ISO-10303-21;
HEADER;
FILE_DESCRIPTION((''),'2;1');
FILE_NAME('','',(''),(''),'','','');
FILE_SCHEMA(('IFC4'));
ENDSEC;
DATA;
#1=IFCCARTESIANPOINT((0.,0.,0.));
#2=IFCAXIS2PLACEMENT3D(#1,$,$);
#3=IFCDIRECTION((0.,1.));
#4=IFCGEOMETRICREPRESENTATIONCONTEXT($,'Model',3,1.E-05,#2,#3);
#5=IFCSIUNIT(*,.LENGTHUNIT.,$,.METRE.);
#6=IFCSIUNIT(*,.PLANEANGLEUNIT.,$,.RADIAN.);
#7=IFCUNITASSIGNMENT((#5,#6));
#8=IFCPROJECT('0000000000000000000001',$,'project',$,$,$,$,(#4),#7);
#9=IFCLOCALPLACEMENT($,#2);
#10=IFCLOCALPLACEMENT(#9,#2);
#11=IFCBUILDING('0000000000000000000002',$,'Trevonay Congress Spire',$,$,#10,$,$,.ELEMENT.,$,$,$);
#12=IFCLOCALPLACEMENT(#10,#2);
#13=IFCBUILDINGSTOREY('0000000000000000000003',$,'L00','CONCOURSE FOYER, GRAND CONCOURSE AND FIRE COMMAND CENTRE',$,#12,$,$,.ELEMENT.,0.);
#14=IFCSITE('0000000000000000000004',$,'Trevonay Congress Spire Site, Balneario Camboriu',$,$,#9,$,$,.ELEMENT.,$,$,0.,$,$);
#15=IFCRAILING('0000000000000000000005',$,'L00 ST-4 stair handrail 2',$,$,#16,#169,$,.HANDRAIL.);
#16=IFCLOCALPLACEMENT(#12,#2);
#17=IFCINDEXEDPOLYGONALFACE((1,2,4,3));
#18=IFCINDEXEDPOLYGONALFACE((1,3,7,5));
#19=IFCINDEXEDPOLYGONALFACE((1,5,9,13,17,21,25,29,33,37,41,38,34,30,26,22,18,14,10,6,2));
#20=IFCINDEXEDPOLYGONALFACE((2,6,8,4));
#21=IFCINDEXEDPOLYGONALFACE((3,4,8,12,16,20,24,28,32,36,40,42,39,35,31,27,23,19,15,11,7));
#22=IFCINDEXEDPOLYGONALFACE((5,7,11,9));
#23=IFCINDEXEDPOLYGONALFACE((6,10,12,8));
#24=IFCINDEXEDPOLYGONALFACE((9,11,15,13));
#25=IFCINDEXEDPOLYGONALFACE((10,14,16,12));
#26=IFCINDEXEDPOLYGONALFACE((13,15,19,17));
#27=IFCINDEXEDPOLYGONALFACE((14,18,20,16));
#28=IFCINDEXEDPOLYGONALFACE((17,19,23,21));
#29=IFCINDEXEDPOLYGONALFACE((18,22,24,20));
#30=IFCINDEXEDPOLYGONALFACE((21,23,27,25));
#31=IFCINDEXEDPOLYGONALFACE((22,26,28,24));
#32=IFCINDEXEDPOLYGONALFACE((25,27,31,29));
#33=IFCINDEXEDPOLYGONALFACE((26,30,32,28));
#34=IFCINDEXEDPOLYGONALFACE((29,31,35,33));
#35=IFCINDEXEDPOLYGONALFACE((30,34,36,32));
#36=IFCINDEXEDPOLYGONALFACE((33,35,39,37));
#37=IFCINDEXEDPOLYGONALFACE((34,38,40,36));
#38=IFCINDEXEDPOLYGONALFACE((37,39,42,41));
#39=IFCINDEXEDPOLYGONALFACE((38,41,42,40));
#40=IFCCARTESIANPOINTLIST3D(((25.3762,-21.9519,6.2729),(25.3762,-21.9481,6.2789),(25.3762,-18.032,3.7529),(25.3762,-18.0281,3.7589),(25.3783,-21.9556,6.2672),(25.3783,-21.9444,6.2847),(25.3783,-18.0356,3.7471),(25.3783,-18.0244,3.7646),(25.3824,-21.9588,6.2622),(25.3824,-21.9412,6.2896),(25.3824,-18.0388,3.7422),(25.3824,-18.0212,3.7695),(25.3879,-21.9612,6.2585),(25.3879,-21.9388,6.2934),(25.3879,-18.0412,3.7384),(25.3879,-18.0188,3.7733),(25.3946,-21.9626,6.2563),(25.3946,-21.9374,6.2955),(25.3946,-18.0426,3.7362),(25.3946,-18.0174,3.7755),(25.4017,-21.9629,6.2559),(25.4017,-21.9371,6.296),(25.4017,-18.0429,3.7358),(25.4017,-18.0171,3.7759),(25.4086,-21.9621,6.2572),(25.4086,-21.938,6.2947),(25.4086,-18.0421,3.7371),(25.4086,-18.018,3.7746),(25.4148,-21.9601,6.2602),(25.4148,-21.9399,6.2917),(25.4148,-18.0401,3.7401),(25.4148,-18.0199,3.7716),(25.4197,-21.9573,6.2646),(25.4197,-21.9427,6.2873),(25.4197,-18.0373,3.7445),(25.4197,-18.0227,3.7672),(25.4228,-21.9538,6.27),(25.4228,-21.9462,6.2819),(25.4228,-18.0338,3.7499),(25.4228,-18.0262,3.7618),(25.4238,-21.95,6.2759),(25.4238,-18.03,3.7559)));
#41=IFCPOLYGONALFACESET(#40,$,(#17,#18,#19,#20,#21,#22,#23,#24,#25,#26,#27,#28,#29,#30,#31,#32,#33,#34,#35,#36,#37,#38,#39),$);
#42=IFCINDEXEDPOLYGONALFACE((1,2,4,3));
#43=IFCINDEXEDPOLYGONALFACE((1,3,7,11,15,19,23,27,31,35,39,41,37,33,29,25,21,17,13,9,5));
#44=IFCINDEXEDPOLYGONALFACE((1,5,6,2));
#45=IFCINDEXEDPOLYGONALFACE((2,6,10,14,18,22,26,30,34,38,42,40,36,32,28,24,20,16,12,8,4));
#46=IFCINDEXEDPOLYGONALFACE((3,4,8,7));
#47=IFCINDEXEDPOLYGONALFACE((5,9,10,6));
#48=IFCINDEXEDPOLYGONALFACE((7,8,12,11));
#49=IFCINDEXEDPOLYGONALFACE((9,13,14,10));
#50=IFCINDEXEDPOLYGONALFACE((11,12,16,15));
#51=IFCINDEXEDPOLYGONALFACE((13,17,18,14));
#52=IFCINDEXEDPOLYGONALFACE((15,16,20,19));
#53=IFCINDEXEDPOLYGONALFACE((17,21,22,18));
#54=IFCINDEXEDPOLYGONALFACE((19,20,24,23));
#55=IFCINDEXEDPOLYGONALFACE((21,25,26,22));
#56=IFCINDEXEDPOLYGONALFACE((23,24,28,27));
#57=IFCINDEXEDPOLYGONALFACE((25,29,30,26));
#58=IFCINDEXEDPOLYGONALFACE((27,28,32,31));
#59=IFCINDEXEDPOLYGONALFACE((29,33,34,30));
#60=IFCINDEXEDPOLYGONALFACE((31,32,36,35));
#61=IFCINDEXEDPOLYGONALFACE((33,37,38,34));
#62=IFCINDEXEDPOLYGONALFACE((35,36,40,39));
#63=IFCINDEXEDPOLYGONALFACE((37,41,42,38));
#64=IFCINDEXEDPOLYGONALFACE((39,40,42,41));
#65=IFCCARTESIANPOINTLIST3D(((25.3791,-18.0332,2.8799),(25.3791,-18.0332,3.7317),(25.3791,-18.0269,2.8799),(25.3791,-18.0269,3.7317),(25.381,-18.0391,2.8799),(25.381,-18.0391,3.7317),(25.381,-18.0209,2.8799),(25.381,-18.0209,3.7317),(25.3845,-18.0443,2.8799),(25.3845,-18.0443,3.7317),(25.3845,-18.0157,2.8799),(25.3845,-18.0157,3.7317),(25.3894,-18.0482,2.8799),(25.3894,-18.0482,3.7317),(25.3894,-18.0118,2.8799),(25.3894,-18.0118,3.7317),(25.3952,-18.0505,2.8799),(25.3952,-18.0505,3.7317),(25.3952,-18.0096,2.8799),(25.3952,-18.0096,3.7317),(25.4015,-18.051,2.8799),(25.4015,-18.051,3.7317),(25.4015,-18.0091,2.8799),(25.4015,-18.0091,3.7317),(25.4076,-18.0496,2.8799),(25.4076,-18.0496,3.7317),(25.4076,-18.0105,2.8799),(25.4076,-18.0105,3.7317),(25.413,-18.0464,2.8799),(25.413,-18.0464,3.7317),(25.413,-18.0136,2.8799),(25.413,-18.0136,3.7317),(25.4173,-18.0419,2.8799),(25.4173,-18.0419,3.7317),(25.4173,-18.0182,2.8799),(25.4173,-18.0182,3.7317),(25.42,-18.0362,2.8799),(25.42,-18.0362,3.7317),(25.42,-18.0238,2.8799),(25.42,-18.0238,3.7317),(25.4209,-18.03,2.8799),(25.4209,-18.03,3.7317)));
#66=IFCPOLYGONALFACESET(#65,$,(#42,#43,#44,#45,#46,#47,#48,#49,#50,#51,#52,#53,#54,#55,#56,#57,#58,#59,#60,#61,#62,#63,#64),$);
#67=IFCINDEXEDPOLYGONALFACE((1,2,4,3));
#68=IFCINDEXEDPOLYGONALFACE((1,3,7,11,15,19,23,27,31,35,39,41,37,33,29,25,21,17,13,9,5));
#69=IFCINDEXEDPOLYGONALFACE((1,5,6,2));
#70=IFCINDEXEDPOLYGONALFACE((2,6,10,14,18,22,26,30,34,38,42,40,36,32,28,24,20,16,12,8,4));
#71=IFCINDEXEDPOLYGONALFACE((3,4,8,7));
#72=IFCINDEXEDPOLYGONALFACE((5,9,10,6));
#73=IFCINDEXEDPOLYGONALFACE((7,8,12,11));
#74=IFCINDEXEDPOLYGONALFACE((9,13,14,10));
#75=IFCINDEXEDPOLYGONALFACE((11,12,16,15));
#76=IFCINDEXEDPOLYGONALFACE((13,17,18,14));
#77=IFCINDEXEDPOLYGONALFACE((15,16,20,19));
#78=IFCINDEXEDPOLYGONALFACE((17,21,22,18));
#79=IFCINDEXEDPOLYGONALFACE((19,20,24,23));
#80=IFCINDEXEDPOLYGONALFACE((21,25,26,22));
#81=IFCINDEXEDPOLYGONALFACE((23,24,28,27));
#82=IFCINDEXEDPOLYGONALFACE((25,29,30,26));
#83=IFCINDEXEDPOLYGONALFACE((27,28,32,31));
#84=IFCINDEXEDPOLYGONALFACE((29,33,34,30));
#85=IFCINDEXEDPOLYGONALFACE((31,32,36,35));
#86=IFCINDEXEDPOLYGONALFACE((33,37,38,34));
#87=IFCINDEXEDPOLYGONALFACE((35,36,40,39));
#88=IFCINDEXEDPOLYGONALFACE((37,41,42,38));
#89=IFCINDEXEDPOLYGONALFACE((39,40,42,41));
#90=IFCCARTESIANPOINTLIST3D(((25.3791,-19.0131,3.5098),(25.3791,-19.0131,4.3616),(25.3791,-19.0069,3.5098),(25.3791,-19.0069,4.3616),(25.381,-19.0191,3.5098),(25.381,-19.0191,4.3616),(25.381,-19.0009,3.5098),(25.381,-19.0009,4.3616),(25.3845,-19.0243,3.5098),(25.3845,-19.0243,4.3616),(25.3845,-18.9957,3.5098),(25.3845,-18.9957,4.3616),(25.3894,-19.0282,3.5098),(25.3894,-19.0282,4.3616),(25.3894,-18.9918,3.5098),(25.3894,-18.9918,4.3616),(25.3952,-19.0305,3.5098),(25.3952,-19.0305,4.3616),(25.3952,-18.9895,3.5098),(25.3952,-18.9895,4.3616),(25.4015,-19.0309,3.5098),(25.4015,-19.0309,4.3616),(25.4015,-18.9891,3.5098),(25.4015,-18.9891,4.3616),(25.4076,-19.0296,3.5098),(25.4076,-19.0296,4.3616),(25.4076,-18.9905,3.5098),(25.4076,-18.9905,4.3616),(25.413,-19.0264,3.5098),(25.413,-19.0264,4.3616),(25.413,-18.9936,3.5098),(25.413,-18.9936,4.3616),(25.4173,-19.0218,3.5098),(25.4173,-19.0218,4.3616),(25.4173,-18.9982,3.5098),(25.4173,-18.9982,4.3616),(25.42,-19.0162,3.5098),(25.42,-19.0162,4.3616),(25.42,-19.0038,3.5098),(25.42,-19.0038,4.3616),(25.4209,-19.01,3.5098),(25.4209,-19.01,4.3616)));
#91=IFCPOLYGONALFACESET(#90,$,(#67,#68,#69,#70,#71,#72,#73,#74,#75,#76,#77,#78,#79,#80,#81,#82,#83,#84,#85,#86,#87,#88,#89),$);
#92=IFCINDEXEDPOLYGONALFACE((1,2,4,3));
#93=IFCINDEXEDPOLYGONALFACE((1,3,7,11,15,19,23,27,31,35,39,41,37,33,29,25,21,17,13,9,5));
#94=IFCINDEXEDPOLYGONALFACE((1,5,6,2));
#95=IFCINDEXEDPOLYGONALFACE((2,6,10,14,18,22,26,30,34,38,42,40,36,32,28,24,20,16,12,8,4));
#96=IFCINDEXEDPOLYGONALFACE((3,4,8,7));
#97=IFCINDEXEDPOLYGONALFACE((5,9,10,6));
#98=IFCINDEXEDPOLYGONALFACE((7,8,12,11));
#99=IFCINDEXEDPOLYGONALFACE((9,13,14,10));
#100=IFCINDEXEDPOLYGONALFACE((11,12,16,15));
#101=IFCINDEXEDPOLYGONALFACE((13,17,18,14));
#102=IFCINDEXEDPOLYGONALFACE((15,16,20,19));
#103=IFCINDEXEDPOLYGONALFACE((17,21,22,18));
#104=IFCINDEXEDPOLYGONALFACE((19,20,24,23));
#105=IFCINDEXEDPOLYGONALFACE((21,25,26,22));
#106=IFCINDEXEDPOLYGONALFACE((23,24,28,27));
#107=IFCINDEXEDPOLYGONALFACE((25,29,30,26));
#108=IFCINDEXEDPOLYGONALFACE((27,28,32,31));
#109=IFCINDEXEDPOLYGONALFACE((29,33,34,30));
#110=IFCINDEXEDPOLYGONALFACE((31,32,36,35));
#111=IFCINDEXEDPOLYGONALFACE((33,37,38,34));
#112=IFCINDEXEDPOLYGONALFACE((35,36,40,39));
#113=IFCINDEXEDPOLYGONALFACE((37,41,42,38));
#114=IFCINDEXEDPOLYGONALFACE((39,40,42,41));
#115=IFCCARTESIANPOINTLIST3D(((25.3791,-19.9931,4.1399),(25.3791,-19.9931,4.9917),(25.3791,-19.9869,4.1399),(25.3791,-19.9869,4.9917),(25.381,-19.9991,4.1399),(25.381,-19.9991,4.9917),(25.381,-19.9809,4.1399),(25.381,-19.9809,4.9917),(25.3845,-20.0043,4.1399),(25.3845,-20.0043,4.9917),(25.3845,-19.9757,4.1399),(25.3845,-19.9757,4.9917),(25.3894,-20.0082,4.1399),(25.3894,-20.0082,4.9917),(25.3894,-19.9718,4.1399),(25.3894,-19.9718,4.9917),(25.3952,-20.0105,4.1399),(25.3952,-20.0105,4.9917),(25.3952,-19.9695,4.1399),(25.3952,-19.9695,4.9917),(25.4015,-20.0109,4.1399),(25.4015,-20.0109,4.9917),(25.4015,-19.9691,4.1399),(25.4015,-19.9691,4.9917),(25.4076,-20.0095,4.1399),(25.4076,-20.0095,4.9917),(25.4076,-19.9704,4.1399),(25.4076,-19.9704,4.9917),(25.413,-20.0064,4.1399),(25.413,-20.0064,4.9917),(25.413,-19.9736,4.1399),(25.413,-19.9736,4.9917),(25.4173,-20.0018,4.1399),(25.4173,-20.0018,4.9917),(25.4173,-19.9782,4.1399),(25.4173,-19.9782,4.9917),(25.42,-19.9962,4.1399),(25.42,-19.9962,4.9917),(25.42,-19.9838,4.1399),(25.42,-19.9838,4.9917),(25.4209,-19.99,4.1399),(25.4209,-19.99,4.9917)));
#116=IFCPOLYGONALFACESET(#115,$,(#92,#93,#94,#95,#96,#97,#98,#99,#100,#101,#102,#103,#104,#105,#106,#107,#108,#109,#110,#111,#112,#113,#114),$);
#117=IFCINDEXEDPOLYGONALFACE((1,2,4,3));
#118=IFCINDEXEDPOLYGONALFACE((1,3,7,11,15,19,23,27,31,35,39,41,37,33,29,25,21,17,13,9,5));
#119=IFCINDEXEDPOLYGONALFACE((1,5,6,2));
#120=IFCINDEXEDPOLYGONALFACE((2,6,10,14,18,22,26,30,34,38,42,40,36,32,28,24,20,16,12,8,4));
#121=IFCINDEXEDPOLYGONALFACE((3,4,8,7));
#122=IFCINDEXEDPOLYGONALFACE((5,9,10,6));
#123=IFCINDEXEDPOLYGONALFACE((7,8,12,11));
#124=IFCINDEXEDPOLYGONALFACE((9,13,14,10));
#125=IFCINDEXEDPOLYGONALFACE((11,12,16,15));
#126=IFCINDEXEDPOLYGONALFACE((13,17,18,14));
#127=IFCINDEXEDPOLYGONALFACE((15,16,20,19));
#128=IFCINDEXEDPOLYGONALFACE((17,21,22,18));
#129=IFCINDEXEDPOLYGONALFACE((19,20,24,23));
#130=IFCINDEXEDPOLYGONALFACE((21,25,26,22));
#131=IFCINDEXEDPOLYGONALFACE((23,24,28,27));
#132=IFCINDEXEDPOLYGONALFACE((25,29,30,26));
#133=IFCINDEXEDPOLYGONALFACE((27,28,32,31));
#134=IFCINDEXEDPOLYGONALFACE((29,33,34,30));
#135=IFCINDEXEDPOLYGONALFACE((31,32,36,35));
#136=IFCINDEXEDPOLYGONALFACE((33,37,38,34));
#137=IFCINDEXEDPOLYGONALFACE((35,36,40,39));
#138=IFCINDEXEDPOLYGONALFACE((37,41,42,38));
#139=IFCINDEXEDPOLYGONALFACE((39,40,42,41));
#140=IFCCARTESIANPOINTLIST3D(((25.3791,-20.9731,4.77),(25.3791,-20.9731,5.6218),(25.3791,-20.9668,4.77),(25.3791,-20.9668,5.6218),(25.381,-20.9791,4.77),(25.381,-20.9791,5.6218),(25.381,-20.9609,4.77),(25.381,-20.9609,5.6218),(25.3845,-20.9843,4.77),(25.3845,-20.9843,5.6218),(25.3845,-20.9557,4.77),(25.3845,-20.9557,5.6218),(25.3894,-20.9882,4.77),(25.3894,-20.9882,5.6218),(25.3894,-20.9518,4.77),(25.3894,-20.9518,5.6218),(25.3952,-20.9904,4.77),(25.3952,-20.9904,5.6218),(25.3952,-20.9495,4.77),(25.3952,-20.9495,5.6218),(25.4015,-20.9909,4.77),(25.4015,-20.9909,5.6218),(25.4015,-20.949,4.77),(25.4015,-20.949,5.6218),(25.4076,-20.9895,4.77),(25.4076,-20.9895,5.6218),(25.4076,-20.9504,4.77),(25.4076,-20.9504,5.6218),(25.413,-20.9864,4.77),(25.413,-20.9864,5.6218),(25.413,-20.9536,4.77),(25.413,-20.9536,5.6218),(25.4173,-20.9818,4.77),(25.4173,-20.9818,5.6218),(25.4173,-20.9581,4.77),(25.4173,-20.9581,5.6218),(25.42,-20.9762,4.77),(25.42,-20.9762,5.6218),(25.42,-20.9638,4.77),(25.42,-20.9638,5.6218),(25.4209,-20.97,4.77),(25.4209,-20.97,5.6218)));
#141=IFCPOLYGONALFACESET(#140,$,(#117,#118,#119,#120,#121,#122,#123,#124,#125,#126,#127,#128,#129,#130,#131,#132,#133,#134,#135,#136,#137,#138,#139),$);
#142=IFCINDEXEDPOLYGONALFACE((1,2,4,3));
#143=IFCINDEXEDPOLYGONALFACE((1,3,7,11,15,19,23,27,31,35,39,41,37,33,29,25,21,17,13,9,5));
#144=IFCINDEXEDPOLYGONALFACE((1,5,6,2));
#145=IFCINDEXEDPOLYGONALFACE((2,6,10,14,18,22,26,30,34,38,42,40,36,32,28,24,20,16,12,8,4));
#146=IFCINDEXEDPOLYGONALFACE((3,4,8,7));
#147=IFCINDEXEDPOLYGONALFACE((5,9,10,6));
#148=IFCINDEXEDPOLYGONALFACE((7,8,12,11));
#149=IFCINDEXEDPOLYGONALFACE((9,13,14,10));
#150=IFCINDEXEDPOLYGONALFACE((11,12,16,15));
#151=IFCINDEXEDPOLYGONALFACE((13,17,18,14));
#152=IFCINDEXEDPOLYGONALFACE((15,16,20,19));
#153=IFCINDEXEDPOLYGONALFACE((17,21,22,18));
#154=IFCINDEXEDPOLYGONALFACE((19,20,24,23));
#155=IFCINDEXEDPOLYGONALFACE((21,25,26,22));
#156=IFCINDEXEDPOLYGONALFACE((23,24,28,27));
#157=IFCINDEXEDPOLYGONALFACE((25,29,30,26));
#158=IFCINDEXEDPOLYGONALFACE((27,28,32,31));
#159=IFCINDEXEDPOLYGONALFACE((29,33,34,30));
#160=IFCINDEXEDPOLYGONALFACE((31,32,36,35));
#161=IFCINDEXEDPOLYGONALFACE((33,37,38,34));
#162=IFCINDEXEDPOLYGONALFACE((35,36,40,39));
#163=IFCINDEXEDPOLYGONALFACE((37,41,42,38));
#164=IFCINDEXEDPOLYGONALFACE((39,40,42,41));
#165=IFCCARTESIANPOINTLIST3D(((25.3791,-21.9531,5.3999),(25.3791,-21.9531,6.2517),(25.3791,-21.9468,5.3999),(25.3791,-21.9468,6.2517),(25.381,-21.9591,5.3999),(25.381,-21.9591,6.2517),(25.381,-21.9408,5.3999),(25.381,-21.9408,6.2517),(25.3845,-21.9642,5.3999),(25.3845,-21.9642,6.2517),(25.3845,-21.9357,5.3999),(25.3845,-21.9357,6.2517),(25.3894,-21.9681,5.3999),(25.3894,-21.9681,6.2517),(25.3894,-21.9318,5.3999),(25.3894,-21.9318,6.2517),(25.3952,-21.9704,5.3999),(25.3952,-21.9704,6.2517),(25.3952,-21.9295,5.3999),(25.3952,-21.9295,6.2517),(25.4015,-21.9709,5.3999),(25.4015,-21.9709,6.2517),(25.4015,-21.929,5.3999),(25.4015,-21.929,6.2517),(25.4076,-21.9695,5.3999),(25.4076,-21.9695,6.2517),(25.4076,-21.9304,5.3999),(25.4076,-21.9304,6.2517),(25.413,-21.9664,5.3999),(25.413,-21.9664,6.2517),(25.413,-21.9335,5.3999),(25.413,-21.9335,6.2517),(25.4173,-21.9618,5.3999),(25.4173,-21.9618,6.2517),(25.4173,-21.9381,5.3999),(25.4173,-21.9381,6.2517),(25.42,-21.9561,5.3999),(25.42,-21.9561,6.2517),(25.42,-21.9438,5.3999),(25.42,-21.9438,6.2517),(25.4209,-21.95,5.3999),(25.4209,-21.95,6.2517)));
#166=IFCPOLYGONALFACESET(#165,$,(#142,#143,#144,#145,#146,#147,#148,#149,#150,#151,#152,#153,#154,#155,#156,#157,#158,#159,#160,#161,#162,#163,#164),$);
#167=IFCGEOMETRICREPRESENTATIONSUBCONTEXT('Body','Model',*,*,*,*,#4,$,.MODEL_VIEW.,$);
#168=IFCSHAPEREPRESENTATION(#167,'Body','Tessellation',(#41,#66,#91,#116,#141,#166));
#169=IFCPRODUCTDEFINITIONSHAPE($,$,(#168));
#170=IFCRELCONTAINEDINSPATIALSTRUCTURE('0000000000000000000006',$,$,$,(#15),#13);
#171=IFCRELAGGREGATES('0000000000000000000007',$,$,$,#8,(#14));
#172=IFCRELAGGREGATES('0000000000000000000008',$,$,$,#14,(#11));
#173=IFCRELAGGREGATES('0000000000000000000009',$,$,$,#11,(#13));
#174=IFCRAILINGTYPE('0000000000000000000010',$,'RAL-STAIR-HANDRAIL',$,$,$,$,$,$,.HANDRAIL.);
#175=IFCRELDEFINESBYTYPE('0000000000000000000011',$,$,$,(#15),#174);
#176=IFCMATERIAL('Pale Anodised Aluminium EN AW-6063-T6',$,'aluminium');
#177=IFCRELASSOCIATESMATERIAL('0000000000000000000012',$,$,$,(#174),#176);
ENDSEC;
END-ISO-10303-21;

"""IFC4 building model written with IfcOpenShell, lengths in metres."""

from ifc_helpers import new_model, si_unit, direction, frame, origin, origin_2d, place, context, subcontext, project, spatial, circle, extrude, material, type_object, element, save


model = new_model("IFC4")

# Units and contexts
model_context = context("Model", 3, precision=1e-05, world=origin(), true_north=direction((0.0, 1.0)))
body_context = subcontext(model_context, "Body", "Model", "MODEL_VIEW")
ifc_project = project(units=[si_unit("LENGTHUNIT", "METRE"), si_unit("PLANEANGLEUNIT", "RADIAN")], contexts=[model_context])

# Site, building, storey
site_placement = place(None, origin())
site = spatial("IfcSite", under=ifc_project, at=site_placement, Name="Trevonay Congress Spire Site, Balneario Camboriu", CompositionType="ELEMENT", RefElevation=0.0)
building_placement = place(site_placement, origin())
building = spatial("IfcBuilding", under=site, at=building_placement, Name="Trevonay Congress Spire", CompositionType="ELEMENT")
storey_placement = place(building_placement, origin())
storey = spatial("IfcBuildingStorey", under=building, at=storey_placement, Name="L00", Description="CONCOURSE FOYER, GRAND CONCOURSE AND FIRE COMMAND CENTRE", CompositionType="ELEMENT", Elevation=0.0)

# Shared definitions
ifc_material_1 = material(Name="Pale Anodised Aluminium EN AW-6063-T6", Category="aluminium")

# Railing
railing_type_1 = type_object("IfcRailingType", Name="RAL-STAIR-HANDRAIL", PredefinedType="HANDRAIL", material=ifc_material_1)
railing_1_placement = place(storey_placement, frame((25.3999, -18.03, 2.8799)))
element("IfcRailing", 1, at=railing_1_placement, inside=storey, type_object=railing_type_1, Name="L00 ST-4 stair handrail 2", PredefinedType="HANDRAIL", context=body_context, shape_type="SweptSolid", body=[
    extrude(circle(Radius=0.0239, at=origin_2d()), frame((0.0, 0.0, 0.876), z_axis=(0.0, -0.841172, 0.540768), x_axis=(1.0, 0.0, 0.0)), (0.0, 0.0, 1.0), 4.6602),
    extrude(circle(Radius=0.021, at=origin_2d()), origin(), (0.0, 0.0, 1.0), 0.8518),
    extrude(circle(Radius=0.021, at=origin_2d()), frame((0.0, -0.98, 0.6299)), (0.0, 0.0, 1.0), 0.8518),
    extrude(circle(Radius=0.021, at=origin_2d()), frame((0.0, -1.96, 1.26)), (0.0, 0.0, 1.0), 0.8518),
    extrude(circle(Radius=0.021, at=origin_2d()), frame((0.0, -2.9399, 1.8901)), (0.0, 0.0, 1.0), 0.8518),
    extrude(circle(Radius=0.021, at=origin_2d()), frame((0.0, -3.9199, 2.52)), (0.0, 0.0, 1.0), 0.8518),
])

save(model, "model.ifc")
